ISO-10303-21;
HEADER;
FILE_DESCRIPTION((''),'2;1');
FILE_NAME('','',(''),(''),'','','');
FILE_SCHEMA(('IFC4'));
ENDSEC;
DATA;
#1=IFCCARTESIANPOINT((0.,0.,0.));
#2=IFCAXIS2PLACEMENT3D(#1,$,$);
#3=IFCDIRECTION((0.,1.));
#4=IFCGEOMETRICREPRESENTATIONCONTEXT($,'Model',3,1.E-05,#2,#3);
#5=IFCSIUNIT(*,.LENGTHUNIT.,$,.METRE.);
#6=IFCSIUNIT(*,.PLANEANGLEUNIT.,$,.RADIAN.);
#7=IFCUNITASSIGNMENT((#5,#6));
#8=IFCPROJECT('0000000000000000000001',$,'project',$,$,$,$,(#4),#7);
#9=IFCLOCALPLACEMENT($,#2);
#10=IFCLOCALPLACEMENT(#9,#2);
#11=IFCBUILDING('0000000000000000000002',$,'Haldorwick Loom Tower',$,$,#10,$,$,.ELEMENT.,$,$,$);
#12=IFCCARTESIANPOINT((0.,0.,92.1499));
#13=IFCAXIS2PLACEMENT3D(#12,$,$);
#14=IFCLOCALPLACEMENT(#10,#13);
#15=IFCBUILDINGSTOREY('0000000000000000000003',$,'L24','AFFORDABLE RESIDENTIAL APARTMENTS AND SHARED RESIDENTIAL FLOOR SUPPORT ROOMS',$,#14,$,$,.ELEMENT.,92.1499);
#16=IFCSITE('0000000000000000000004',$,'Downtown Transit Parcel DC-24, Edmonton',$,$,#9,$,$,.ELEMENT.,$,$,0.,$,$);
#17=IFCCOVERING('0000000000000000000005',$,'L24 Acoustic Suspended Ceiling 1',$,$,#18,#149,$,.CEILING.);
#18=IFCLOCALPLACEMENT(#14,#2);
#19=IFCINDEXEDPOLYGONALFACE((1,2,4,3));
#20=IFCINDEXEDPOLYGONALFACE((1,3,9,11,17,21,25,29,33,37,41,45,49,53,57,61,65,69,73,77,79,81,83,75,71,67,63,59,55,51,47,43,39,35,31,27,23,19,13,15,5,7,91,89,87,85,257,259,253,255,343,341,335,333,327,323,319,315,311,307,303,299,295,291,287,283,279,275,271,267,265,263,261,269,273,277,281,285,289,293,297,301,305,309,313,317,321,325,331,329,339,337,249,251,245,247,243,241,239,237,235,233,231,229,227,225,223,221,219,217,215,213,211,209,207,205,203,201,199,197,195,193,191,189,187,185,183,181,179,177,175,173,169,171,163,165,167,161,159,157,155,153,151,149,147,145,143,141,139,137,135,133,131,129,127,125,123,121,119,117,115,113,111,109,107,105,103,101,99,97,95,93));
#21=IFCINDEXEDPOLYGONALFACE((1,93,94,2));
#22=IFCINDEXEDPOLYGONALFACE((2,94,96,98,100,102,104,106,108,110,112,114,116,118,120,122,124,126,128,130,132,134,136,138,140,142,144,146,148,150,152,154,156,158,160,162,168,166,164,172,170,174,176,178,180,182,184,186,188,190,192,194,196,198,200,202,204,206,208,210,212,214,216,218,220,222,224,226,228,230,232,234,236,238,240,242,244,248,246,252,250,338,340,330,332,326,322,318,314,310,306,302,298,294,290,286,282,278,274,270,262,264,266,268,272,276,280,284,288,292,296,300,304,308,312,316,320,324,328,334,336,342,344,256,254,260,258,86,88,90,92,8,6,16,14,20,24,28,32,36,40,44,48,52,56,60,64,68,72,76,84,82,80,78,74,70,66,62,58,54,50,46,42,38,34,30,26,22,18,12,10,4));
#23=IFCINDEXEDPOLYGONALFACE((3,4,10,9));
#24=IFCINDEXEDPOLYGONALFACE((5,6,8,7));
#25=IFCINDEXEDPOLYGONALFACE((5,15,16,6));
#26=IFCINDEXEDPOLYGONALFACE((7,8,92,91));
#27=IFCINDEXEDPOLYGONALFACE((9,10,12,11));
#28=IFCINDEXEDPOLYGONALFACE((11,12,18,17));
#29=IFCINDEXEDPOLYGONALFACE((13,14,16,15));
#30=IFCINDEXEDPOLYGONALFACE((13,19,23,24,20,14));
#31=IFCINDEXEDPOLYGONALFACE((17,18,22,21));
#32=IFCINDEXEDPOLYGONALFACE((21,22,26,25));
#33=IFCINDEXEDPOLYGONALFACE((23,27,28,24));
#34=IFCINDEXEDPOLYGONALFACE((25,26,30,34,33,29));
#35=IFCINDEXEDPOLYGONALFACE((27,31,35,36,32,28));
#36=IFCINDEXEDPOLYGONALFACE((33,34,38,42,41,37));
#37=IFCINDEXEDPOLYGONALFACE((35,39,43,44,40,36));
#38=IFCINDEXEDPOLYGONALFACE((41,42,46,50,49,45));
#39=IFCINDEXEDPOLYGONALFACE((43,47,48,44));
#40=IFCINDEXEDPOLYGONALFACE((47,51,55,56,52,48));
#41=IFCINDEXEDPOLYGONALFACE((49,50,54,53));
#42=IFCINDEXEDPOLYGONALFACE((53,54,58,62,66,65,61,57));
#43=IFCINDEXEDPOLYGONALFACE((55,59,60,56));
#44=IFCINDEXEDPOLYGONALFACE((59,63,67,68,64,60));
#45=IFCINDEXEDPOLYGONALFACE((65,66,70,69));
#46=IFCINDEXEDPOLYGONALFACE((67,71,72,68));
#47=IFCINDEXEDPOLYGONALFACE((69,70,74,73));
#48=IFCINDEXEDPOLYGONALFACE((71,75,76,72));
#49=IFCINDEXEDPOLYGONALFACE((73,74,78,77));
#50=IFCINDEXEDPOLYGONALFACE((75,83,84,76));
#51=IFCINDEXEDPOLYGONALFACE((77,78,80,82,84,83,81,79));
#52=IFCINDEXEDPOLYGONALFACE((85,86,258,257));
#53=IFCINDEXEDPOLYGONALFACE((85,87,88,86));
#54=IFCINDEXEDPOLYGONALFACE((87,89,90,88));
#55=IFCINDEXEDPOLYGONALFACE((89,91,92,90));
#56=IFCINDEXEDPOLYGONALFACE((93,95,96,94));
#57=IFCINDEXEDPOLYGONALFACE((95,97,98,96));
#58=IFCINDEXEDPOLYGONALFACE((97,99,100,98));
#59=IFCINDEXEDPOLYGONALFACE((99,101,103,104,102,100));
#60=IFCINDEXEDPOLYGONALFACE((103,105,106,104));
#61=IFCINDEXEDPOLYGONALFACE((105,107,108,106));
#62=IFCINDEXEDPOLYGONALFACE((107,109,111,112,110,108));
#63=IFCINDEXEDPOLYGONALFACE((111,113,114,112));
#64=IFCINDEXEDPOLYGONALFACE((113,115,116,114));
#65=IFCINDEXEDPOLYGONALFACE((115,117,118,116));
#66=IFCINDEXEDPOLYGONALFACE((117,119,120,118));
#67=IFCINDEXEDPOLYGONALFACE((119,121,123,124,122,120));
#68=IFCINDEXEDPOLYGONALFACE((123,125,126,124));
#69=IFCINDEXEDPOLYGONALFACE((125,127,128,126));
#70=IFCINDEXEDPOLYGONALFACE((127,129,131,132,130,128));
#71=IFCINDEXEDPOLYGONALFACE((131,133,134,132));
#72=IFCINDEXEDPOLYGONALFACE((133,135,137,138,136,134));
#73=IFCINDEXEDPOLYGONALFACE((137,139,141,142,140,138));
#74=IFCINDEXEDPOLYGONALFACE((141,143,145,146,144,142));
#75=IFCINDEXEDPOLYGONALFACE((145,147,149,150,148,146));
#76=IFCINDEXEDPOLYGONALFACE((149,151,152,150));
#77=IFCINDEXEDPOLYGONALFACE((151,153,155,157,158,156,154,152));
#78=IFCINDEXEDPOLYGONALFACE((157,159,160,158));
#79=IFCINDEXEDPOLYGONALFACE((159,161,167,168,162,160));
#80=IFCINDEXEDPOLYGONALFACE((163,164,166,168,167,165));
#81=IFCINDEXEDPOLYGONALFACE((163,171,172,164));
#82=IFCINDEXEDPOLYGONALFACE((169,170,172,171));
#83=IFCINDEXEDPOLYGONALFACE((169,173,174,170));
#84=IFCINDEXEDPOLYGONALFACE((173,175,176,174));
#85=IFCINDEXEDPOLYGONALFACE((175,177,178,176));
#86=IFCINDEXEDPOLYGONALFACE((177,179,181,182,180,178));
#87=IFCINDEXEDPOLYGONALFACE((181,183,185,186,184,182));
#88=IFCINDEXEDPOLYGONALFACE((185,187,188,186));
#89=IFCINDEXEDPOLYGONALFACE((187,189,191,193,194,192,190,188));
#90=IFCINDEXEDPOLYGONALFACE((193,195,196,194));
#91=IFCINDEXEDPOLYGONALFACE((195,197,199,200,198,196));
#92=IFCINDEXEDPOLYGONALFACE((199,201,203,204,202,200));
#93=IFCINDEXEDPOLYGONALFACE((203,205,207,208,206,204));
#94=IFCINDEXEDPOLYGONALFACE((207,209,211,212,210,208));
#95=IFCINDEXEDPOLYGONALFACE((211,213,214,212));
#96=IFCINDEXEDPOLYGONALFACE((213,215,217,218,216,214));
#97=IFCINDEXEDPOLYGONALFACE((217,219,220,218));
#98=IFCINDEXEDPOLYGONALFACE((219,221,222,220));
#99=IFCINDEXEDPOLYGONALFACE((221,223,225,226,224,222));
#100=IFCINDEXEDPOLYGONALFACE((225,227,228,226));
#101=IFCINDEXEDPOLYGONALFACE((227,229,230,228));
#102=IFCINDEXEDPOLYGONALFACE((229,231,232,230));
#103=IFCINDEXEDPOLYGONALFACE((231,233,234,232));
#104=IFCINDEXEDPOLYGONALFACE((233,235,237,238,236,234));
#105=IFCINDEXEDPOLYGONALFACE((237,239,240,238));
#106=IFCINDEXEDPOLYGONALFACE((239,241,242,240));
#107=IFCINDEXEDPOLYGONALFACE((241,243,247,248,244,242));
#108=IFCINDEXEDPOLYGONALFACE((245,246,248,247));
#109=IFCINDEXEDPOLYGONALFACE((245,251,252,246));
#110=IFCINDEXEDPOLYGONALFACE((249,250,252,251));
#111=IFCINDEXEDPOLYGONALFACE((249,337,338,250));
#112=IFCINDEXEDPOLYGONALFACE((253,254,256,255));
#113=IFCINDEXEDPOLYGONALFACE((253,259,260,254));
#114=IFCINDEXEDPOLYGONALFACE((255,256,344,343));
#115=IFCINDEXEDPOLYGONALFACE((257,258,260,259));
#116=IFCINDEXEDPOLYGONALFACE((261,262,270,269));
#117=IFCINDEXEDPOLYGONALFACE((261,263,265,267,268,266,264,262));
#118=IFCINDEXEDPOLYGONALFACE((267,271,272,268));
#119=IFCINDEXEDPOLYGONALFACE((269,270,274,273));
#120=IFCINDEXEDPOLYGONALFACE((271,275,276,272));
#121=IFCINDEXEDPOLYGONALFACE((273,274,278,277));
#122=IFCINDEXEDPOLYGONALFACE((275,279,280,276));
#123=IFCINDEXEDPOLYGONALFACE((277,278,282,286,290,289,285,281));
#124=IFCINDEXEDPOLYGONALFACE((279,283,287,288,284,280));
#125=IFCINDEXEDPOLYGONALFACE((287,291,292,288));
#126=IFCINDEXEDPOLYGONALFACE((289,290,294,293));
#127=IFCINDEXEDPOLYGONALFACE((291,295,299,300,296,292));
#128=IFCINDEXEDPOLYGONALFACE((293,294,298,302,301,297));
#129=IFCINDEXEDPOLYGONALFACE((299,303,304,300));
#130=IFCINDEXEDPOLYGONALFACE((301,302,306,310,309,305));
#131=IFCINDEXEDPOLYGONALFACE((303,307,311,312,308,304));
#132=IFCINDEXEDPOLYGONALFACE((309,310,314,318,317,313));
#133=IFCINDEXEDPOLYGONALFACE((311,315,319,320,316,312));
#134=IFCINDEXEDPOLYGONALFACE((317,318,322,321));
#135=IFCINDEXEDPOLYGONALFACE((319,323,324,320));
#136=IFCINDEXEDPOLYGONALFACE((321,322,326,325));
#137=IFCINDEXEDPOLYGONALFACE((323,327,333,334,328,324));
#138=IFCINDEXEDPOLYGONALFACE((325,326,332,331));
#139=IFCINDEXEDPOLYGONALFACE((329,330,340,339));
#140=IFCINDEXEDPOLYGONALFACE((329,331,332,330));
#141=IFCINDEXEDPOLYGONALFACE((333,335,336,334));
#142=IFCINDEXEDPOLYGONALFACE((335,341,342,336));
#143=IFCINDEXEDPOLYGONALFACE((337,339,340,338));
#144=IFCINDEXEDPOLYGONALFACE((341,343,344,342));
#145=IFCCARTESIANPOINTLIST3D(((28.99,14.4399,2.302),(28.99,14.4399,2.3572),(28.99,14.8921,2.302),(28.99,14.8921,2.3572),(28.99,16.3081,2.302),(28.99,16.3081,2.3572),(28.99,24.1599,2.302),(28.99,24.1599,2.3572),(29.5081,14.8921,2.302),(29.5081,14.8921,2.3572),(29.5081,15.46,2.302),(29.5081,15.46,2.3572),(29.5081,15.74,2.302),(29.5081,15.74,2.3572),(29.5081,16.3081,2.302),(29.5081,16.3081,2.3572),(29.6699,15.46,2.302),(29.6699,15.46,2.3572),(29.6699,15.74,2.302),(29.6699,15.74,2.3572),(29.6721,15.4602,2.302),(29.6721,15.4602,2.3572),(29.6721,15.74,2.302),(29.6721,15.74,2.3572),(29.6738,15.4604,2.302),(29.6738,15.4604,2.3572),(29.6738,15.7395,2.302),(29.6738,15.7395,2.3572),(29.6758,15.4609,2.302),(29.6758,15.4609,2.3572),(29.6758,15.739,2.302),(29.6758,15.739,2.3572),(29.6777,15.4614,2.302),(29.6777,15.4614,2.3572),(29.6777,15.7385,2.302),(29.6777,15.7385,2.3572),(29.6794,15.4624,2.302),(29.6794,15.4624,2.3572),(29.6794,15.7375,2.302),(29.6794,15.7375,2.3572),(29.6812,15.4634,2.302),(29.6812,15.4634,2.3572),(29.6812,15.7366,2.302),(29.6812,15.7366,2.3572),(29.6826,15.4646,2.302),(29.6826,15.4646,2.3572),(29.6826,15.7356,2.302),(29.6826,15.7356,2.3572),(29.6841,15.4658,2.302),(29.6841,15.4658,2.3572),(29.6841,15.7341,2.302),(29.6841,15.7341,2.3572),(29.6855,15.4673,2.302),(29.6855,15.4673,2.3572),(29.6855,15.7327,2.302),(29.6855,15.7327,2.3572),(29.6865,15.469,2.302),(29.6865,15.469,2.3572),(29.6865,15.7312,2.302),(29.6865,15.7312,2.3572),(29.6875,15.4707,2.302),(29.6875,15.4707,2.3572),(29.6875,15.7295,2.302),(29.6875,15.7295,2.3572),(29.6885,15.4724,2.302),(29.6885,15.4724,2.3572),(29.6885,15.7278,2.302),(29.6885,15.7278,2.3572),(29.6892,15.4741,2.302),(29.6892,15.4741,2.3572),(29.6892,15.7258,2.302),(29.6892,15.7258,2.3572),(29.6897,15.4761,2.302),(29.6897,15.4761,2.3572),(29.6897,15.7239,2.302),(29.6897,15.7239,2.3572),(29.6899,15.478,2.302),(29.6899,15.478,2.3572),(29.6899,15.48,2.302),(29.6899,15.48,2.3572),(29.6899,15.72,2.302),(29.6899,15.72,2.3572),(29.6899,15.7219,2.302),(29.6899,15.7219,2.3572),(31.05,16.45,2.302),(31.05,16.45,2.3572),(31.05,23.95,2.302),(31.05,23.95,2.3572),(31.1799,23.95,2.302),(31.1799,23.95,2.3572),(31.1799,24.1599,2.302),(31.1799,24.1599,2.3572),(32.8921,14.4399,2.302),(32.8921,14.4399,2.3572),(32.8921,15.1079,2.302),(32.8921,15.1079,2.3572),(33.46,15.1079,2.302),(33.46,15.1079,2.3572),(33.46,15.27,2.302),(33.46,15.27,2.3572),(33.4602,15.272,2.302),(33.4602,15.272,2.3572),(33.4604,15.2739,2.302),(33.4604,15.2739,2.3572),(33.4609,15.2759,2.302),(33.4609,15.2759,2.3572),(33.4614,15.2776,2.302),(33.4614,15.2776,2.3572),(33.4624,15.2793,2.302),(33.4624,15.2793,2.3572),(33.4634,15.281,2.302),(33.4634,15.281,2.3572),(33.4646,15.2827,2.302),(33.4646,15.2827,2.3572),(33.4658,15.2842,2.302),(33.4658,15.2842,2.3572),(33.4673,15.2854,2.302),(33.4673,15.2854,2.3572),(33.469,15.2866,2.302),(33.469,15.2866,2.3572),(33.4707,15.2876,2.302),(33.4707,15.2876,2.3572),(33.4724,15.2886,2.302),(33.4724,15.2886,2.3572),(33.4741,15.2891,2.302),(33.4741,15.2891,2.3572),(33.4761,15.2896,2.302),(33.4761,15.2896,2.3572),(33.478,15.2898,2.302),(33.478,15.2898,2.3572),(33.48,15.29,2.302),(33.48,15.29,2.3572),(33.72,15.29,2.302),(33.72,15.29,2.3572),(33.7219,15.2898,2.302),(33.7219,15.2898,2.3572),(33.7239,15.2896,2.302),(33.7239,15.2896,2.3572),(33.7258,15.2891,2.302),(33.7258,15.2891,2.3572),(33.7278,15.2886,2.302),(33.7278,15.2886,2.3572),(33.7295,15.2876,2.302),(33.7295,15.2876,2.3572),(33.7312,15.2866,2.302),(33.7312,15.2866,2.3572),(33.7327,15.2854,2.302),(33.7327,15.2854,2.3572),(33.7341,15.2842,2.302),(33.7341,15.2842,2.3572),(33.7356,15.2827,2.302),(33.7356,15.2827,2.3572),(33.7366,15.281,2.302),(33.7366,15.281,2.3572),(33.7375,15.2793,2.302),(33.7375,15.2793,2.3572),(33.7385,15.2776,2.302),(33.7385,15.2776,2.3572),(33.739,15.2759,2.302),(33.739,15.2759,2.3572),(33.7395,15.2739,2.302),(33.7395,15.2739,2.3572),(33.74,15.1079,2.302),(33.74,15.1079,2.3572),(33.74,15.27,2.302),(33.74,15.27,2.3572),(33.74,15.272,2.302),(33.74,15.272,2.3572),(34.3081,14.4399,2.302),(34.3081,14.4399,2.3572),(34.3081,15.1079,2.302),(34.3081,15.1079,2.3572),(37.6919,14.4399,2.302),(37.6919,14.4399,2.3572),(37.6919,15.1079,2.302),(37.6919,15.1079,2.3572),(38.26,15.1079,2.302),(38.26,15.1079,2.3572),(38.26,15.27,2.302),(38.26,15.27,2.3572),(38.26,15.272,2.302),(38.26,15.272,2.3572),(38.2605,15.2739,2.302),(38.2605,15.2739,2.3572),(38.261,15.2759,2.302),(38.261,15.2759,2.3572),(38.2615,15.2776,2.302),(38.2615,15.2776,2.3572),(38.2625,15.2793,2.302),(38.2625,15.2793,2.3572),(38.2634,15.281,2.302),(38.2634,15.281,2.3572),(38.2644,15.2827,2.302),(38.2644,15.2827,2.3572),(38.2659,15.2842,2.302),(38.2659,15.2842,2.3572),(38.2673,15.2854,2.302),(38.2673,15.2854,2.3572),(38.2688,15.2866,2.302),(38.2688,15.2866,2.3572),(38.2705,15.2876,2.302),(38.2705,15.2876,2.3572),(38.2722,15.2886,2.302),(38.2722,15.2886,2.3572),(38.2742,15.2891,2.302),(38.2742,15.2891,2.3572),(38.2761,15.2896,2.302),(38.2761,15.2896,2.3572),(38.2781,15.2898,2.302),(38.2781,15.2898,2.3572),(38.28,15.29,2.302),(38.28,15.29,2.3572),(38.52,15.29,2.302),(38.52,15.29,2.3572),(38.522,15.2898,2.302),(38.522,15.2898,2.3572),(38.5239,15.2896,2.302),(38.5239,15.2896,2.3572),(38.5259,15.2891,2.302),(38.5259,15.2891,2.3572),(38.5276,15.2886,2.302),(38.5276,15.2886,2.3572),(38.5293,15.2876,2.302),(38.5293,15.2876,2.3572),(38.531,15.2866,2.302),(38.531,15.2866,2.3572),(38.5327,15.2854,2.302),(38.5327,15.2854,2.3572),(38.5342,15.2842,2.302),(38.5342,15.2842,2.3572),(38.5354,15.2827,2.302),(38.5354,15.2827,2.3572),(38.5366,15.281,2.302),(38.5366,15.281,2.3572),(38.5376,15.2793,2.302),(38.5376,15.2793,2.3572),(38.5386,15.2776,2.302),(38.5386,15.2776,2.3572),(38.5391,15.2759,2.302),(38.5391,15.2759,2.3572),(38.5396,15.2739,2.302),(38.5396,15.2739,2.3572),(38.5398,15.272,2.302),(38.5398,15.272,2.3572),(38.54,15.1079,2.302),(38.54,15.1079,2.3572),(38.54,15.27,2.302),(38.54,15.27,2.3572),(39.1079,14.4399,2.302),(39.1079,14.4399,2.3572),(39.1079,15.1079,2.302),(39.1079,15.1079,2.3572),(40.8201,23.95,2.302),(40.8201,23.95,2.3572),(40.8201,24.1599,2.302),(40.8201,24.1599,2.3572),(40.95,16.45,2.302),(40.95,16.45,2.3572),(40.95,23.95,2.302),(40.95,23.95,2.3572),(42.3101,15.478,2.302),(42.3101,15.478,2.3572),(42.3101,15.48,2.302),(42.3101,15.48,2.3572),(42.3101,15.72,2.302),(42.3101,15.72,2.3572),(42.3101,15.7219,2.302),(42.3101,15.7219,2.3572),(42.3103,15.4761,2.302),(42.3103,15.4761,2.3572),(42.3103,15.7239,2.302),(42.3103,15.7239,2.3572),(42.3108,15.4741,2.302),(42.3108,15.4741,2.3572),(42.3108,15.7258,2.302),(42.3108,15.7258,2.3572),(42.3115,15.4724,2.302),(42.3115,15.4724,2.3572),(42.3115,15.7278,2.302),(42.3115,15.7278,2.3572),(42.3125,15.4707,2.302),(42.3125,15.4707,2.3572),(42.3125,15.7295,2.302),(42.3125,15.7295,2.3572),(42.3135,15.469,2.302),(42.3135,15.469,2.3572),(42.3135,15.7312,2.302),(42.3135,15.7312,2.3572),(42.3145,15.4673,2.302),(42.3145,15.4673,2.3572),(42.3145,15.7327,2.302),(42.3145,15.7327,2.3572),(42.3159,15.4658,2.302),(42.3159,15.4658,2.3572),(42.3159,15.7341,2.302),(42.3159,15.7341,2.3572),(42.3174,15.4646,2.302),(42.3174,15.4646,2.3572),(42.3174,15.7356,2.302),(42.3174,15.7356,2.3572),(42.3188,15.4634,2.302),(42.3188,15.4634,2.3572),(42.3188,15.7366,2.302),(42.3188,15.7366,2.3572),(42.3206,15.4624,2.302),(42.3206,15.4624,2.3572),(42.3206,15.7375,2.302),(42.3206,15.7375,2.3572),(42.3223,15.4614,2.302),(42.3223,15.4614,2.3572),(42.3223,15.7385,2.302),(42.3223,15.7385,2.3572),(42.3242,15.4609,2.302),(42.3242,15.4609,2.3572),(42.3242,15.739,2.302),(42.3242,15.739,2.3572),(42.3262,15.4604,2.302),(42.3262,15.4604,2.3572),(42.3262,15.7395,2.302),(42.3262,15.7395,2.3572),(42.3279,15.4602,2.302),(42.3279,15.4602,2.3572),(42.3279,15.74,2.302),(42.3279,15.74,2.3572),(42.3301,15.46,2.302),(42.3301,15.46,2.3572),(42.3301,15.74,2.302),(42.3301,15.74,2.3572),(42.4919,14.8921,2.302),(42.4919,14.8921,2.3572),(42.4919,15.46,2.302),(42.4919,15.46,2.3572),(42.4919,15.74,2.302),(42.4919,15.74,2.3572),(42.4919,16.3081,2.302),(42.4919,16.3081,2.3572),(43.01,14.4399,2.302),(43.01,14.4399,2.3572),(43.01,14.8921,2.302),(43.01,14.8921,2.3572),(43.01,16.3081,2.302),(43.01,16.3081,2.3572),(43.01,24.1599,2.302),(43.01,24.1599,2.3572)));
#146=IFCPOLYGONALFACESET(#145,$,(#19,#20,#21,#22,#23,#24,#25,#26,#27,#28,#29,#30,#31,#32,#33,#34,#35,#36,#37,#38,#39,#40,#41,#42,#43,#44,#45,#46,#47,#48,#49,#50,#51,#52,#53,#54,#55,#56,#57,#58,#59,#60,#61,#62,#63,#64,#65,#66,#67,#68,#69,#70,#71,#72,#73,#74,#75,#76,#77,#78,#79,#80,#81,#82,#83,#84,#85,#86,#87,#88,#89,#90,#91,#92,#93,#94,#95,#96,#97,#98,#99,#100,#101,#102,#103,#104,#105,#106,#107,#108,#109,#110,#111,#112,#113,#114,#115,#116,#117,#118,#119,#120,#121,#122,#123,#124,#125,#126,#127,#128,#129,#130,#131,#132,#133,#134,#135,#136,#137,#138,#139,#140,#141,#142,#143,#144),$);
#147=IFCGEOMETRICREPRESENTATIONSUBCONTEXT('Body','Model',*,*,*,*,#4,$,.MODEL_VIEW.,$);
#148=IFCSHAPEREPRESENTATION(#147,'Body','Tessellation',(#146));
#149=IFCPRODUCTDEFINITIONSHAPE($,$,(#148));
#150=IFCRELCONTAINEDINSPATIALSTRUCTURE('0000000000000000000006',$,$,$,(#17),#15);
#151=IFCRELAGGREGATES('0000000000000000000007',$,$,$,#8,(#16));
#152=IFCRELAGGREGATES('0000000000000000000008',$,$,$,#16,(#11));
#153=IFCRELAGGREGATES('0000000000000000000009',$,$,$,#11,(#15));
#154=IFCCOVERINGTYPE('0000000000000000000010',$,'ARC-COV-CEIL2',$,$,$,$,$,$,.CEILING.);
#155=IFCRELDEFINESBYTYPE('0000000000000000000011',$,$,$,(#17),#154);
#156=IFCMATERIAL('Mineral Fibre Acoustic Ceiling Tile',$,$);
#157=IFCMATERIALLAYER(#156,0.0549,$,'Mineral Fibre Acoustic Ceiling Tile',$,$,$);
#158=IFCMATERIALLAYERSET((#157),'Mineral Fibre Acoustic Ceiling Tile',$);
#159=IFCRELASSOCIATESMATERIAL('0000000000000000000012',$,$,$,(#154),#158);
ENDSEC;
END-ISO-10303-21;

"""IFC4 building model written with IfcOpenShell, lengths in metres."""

from ifc_helpers import new_model, si_unit, direction, frame, origin, place, context, subcontext, project, spatial, polyline, outline, extrude, material, layer, layer_set, type_object, element, save


model = new_model("IFC4")

# Units and contexts
model_context = context("Model", 3, precision=1e-05, world=origin(), true_north=direction((0.0, 1.0)))
body_context = subcontext(model_context, "Body", "Model", "MODEL_VIEW")
ifc_project = project(units=[si_unit("LENGTHUNIT", "METRE"), si_unit("PLANEANGLEUNIT", "RADIAN")], contexts=[model_context])

# Site, building, storey
site_placement = place(None, origin())
site = spatial("IfcSite", under=ifc_project, at=site_placement, Name="Downtown Transit Parcel DC-24, Edmonton", CompositionType="ELEMENT", RefElevation=0.0)
building_placement = place(site_placement, origin())
building = spatial("IfcBuilding", under=site, at=building_placement, Name="Haldorwick Loom Tower", CompositionType="ELEMENT")
storey_placement = place(building_placement, frame((0.0, 0.0, 92.1499)))
storey = spatial("IfcBuildingStorey", under=building, at=storey_placement, Name="L24", Description="AFFORDABLE RESIDENTIAL APARTMENTS AND SHARED RESIDENTIAL FLOOR SUPPORT ROOMS", CompositionType="ELEMENT", Elevation=92.1499)

# Covering
ifc_material_1 = material(Name="Mineral Fibre Acoustic Ceiling Tile")
ifc_layer_1 = layer(ifc_material_1, 0.0549, Name="Mineral Fibre Acoustic Ceiling Tile")
ifc_layer_set_1 = layer_set([ifc_layer_1], Name="Mineral Fibre Acoustic Ceiling Tile")
covering_type_1 = type_object("IfcCoveringType", Name="ARC-COV-CEIL2", PredefinedType="CEILING", material=ifc_layer_set_1)
covering_1_placement = place(storey_placement, frame((0.0, 0.0, 2.302)))
element("IfcCovering", 1, at=covering_1_placement, inside=storey, type_object=covering_type_1, Name="L24 Acoustic Suspended Ceiling 1", PredefinedType="CEILING", context=body_context, shape_type="SweptSolid", body=[
    extrude(outline(polyline([(40.8201, 24.1599), (40.8201, 23.95), (40.95, 23.95), (40.95, 16.45), (31.05, 16.45), (31.05, 23.95), (31.1799, 23.95), (31.1799, 24.1599), (28.99, 24.1599), (28.99, 16.3081), (29.5081, 16.3081), (29.5081, 15.74), (29.6699, 15.74), (29.6721, 15.74), (29.6738, 15.7395), (29.6758, 15.739), (29.6777, 15.7385), (29.6794, 15.7375), (29.6812, 15.7366), (29.6826, 15.7356), (29.6841, 15.7341), (29.6855, 15.7327), (29.6865, 15.7312), (29.6875, 15.7295), (29.6885, 15.7278), (29.6892, 15.7258), (29.6897, 15.7239), (29.6899, 15.7219), (29.6899, 15.72), (29.6899, 15.48), (29.6899, 15.478), (29.6897, 15.4761), (29.6892, 15.4741), (29.6885, 15.4724), (29.6875, 15.4707), (29.6865, 15.469), (29.6855, 15.4673), (29.6841, 15.4658), (29.6826, 15.4646), (29.6812, 15.4634), (29.6794, 15.4624), (29.6777, 15.4614), (29.6758, 15.4609), (29.6738, 15.4604), (29.6721, 15.4602), (29.6699, 15.46), (29.5081, 15.46), (29.5081, 14.8921), (28.99, 14.8921), (28.99, 14.4399), (32.8921, 14.4399), (32.8921, 15.1079), (33.46, 15.1079), (33.46, 15.27), (33.4602, 15.272), (33.4604, 15.2739), (33.4609, 15.2759), (33.4614, 15.2776), (33.4624, 15.2793), (33.4634, 15.281), (33.4646, 15.2827), (33.4658, 15.2842), (33.4673, 15.2854), (33.469, 15.2866), (33.4707, 15.2876), (33.4724, 15.2886), (33.4741, 15.2891), (33.4761, 15.2896), (33.478, 15.2898), (33.48, 15.29), (33.72, 15.29), (33.7219, 15.2898), (33.7239, 15.2896), (33.7258, 15.2891), (33.7278, 15.2886), (33.7295, 15.2876), (33.7312, 15.2866), (33.7327, 15.2854), (33.7341, 15.2842), (33.7356, 15.2827), (33.7366, 15.281), (33.7375, 15.2793), (33.7385, 15.2776), (33.739, 15.2759), (33.7395, 15.2739), (33.74, 15.272), (33.74, 15.27), (33.74, 15.1079), (34.3081, 15.1079), (34.3081, 14.4399), (37.6919, 14.4399), (37.6919, 15.1079), (38.26, 15.1079), (38.26, 15.27), (38.26, 15.272), (38.2605, 15.2739), (38.261, 15.2759), (38.2615, 15.2776), (38.2625, 15.2793), (38.2634, 15.281), (38.2644, 15.2827), (38.2659, 15.2842), (38.2673, 15.2854), (38.2688, 15.2866), (38.2705, 15.2876), (38.2722, 15.2886), (38.2742, 15.2891), (38.2761, 15.2896), (38.2781, 15.2898), (38.28, 15.29), (38.52, 15.29), (38.522, 15.2898), (38.5239, 15.2896), (38.5259, 15.2891), (38.5276, 15.2886), (38.5293, 15.2876), (38.531, 15.2866), (38.5327, 15.2854), (38.5342, 15.2842), (38.5354, 15.2827), (38.5366, 15.281), (38.5376, 15.2793), (38.5386, 15.2776), (38.5391, 15.2759), (38.5396, 15.2739), (38.5398, 15.272), (38.54, 15.27), (38.54, 15.1079), (39.1079, 15.1079), (39.1079, 14.4399), (43.01, 14.4399), (43.01, 14.8921), (42.4919, 14.8921), (42.4919, 15.46), (42.3301, 15.46), (42.3279, 15.4602), (42.3262, 15.4604), (42.3242, 15.4609), (42.3223, 15.4614), (42.3206, 15.4624), (42.3188, 15.4634), (42.3174, 15.4646), (42.3159, 15.4658), (42.3145, 15.4673), (42.3135, 15.469), (42.3125, 15.4707), (42.3115, 15.4724), (42.3108, 15.4741), (42.3103, 15.4761), (42.3101, 15.478), (42.3101, 15.48), (42.3101, 15.72), (42.3101, 15.7219), (42.3103, 15.7239), (42.3108, 15.7258), (42.3115, 15.7278), (42.3125, 15.7295), (42.3135, 15.7312), (42.3145, 15.7327), (42.3159, 15.7341), (42.3174, 15.7356), (42.3188, 15.7366), (42.3206, 15.7375), (42.3223, 15.7385), (42.3242, 15.739), (42.3262, 15.7395), (42.3279, 15.74), (42.3301, 15.74), (42.4919, 15.74), (42.4919, 16.3081), (43.01, 16.3081), (43.01, 24.1599), (40.8201, 24.1599)])), origin(), (0.0, 0.0, 1.0), 0.0552),
])

save(model, "model.ifc")
